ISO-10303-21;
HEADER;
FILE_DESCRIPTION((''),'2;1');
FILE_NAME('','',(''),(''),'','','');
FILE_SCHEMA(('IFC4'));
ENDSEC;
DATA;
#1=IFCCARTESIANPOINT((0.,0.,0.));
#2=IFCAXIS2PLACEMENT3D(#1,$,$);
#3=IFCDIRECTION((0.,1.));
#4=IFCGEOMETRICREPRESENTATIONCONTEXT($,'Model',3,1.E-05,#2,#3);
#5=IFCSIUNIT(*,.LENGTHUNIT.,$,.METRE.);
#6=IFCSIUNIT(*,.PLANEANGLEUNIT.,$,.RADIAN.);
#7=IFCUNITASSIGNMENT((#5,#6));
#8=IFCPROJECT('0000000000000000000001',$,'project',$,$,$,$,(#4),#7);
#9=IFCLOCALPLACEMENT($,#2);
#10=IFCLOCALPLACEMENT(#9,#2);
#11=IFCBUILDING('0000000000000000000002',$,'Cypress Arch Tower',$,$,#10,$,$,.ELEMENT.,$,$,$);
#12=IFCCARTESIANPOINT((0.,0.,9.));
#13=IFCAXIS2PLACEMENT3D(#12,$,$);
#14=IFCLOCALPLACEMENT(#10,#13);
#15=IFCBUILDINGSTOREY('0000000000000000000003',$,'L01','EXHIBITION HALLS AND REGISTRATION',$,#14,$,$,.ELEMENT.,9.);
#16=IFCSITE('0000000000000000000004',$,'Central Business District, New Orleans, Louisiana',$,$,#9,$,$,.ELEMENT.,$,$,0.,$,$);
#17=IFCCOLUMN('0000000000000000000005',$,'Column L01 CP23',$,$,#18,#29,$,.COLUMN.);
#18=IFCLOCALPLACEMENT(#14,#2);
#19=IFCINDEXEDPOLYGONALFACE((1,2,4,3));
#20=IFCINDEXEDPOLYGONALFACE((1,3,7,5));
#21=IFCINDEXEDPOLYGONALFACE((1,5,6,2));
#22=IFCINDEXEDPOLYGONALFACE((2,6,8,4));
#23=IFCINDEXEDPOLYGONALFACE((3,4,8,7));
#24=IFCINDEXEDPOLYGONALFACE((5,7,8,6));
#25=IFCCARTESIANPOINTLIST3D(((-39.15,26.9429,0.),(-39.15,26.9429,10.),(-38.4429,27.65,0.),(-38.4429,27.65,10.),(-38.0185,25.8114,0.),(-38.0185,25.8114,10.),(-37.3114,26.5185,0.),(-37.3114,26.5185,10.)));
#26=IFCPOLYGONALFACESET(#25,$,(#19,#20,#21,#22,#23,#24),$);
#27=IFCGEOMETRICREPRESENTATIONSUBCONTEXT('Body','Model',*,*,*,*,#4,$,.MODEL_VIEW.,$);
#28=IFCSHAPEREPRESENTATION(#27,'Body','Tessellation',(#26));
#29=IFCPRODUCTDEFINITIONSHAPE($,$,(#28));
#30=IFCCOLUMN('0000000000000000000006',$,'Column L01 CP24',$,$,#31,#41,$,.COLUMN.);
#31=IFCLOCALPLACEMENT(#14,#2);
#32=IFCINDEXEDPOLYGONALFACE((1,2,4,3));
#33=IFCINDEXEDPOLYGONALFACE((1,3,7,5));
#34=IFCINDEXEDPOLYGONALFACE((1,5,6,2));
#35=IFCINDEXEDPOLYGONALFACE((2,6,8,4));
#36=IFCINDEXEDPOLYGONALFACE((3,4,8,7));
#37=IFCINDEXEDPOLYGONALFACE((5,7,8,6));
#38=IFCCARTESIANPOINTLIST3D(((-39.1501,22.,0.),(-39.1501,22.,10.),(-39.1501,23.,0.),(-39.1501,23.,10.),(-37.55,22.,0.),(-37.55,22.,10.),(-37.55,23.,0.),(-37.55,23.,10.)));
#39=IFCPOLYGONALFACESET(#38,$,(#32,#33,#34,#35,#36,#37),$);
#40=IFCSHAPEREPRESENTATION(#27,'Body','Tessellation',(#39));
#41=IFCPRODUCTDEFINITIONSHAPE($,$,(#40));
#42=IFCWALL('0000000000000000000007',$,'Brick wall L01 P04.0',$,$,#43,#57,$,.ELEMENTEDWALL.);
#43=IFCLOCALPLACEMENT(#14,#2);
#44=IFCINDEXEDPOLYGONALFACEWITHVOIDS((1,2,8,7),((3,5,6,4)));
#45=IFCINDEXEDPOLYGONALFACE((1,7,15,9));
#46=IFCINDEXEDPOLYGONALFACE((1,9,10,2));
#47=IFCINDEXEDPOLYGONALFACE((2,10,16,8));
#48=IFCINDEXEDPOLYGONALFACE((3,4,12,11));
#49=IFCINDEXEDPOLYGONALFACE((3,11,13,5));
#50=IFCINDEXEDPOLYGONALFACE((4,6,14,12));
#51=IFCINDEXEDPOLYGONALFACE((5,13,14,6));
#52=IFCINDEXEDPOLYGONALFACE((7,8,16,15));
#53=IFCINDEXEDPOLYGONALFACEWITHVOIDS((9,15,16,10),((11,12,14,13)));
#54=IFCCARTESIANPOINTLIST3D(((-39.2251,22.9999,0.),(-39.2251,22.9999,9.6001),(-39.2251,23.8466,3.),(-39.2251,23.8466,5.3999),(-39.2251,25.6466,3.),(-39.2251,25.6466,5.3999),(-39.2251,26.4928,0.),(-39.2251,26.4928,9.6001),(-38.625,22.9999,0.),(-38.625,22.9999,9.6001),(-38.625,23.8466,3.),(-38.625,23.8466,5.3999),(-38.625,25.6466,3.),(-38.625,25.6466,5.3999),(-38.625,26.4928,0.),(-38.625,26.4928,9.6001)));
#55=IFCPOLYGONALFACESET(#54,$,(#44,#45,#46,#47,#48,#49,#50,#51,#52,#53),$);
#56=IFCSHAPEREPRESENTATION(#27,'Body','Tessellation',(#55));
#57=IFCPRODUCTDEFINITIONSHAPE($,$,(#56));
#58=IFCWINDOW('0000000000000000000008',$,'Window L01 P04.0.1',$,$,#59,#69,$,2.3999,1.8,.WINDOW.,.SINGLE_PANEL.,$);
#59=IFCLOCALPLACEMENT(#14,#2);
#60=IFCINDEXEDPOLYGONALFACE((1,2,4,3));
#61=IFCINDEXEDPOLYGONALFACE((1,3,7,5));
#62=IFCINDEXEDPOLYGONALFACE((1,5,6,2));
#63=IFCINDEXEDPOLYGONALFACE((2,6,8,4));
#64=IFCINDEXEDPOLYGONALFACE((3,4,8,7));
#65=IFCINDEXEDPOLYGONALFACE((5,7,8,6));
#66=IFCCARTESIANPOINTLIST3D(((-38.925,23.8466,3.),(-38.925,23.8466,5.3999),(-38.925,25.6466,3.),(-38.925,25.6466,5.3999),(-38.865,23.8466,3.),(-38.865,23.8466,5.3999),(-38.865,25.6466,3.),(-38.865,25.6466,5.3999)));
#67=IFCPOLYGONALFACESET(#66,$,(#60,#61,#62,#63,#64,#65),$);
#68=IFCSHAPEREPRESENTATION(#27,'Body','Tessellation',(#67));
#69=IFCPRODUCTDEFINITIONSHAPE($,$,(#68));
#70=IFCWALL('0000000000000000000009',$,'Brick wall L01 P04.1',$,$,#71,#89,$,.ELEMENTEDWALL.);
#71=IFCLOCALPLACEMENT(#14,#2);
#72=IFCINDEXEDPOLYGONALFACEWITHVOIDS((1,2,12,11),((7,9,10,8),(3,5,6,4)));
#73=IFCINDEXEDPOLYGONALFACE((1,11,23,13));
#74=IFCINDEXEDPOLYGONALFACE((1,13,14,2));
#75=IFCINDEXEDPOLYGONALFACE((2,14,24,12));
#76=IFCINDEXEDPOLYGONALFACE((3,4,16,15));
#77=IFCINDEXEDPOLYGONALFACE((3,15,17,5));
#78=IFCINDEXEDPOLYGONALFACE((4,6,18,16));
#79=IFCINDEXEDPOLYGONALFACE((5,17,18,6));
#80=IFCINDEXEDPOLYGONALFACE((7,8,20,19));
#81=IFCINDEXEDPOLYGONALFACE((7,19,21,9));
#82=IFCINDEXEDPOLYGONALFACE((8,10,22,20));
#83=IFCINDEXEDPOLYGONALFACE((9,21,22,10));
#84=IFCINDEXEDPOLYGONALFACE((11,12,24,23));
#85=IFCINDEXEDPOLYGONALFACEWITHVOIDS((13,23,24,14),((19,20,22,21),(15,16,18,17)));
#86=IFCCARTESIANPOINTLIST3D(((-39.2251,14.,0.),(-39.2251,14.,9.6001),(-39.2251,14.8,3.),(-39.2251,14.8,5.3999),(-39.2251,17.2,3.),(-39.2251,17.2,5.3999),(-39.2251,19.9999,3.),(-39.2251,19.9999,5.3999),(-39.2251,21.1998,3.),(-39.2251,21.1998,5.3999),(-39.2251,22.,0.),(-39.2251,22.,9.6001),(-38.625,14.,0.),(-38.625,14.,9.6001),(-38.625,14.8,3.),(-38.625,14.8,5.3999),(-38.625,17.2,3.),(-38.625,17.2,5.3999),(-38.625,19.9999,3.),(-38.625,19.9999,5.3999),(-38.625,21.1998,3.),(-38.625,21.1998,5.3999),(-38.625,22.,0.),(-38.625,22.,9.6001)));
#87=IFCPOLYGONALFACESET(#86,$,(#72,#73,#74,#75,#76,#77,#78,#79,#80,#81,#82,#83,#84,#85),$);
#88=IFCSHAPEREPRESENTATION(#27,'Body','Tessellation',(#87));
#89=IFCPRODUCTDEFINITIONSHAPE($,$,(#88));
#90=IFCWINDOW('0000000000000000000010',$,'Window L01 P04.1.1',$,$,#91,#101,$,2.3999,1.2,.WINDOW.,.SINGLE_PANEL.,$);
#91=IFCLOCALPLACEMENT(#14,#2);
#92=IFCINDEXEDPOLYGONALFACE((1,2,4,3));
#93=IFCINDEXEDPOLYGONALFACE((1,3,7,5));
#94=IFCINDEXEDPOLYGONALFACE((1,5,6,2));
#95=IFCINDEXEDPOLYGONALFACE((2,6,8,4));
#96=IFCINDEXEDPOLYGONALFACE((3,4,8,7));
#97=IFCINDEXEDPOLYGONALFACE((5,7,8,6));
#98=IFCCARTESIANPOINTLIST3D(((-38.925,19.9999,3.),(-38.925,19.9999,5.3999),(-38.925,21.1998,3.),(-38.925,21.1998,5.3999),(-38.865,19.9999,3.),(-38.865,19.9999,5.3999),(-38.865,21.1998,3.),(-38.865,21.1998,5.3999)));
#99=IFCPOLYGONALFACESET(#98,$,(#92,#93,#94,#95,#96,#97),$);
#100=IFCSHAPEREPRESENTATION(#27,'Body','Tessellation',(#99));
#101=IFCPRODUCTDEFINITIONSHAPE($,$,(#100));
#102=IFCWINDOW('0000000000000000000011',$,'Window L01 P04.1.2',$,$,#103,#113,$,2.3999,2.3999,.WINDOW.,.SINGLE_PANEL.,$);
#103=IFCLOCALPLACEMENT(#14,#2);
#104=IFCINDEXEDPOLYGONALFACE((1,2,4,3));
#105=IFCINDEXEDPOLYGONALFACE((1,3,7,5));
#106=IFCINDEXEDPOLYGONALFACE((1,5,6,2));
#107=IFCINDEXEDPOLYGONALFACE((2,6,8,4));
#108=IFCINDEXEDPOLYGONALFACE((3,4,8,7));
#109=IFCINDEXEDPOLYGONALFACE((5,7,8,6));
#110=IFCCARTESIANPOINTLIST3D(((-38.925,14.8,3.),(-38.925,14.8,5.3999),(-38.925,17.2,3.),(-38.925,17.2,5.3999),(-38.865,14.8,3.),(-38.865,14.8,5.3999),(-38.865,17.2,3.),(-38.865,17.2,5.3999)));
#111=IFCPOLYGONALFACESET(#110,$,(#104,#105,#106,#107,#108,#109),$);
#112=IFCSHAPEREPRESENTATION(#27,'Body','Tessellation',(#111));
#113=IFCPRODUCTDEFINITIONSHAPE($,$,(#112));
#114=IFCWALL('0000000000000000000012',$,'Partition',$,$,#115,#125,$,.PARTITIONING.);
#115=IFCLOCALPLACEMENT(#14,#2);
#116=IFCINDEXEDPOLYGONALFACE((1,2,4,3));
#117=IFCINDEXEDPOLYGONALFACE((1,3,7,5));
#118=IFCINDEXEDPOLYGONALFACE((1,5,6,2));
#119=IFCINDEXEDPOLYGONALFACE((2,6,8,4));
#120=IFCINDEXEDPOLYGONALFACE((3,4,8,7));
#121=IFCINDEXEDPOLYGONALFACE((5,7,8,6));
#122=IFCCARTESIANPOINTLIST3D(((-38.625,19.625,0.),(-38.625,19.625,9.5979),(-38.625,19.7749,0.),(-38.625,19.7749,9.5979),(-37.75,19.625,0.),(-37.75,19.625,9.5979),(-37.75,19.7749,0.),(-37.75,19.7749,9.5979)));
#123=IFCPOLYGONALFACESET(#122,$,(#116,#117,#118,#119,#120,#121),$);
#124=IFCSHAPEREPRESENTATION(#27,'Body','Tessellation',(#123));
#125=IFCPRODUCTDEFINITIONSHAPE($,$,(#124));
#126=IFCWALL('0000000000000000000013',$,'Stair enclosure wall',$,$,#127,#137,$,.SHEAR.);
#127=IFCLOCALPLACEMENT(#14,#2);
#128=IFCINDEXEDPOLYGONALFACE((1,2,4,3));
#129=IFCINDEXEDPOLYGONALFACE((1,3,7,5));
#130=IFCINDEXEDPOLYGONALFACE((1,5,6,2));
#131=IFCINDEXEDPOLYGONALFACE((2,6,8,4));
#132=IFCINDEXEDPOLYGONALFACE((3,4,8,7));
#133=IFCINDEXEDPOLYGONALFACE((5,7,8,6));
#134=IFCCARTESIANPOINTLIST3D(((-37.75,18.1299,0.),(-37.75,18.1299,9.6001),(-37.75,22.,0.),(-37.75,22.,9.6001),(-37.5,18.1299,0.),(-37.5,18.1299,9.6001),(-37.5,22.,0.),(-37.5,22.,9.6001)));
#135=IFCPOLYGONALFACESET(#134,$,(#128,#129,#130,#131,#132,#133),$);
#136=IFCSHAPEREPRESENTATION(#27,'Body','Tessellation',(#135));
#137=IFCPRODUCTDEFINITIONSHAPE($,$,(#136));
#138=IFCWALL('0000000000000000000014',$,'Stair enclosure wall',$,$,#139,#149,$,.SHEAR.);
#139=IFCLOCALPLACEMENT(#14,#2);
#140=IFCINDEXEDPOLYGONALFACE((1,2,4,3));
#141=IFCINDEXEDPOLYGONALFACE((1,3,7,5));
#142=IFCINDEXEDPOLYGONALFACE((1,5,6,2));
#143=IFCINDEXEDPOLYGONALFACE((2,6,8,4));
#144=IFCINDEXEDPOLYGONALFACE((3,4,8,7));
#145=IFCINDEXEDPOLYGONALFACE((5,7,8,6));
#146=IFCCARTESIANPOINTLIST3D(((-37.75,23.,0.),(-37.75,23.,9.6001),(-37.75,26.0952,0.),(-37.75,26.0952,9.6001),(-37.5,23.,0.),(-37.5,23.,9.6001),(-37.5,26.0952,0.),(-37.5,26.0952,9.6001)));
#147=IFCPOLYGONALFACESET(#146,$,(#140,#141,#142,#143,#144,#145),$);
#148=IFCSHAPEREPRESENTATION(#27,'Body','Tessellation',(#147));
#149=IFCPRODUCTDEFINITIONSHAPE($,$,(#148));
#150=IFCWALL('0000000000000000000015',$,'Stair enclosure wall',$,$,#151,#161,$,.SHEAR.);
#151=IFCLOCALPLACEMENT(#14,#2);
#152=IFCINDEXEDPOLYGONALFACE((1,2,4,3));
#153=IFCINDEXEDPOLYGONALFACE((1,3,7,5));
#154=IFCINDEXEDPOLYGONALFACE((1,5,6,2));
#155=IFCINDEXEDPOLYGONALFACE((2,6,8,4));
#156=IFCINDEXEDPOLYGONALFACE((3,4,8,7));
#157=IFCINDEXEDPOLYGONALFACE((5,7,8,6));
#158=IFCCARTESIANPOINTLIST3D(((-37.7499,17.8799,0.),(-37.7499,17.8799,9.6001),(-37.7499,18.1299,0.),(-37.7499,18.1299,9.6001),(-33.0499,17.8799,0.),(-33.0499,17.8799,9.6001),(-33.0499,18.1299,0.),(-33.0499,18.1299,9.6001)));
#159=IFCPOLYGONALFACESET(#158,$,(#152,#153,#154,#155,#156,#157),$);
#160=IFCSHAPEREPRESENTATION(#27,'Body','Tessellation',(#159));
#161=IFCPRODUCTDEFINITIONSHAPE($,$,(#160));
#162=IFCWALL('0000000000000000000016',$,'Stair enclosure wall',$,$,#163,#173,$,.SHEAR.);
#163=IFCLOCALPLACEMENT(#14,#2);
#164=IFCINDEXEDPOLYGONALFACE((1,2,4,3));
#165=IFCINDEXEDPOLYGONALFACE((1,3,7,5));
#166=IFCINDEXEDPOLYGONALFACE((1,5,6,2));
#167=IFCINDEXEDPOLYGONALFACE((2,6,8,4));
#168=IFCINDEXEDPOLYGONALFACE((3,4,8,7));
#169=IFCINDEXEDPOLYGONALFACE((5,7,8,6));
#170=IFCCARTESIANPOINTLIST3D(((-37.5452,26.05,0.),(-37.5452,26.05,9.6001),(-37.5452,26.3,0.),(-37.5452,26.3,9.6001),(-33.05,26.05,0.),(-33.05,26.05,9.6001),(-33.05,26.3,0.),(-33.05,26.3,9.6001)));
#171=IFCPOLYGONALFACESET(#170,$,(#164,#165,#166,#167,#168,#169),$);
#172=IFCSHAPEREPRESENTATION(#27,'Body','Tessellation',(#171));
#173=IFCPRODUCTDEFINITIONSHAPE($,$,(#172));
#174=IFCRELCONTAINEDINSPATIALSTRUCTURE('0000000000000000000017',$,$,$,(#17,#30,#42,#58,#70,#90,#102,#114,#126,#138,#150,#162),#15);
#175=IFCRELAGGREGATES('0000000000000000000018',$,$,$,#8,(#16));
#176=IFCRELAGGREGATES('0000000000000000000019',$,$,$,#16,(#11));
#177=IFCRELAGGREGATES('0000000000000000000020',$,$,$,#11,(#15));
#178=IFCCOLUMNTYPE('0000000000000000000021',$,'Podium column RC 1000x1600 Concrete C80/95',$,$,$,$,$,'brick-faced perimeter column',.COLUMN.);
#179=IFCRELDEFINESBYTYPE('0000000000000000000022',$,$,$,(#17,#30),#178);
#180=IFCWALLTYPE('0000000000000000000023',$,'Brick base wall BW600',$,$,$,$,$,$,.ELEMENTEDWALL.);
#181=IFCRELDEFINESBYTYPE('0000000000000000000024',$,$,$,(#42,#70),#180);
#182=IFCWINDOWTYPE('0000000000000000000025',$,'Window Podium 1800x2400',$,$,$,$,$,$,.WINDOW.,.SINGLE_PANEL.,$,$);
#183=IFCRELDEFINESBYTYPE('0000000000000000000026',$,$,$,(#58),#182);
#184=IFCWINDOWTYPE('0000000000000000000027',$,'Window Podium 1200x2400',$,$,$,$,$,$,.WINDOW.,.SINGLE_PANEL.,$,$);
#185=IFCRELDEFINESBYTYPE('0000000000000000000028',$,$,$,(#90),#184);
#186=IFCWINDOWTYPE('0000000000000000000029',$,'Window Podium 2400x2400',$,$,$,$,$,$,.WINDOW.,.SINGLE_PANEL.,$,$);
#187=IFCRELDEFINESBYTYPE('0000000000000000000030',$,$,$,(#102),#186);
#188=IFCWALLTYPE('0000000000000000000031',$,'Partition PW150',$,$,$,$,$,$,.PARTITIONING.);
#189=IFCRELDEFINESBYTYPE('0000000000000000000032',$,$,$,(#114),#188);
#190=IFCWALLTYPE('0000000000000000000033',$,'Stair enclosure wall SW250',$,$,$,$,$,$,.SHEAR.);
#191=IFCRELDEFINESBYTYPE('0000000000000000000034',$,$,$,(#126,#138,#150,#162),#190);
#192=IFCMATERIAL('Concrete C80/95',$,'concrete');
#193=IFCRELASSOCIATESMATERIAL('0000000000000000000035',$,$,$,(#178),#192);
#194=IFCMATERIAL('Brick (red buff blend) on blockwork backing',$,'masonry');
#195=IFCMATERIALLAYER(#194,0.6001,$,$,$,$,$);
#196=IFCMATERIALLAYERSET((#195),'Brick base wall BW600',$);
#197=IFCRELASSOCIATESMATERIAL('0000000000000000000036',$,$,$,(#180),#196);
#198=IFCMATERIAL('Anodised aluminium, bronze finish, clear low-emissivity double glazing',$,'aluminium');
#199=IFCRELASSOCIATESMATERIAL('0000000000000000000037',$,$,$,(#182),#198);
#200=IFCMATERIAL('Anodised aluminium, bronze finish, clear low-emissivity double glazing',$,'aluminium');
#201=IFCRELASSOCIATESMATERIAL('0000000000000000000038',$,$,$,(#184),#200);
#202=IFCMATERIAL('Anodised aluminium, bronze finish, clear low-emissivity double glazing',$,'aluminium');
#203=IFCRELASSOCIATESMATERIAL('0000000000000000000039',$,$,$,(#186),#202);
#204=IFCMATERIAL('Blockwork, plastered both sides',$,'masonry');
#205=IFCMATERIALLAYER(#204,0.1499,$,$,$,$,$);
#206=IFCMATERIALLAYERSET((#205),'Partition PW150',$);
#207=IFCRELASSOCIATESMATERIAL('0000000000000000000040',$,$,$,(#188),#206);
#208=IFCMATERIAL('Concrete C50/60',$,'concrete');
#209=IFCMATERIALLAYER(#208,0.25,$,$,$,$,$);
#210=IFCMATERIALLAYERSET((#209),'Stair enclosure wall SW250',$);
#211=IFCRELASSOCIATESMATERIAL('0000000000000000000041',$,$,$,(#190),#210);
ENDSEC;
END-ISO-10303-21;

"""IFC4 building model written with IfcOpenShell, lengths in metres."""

from ifc_helpers import new_model, si_unit, direction, frame, frame_2d, origin, origin_2d, place, context, subcontext, project, spatial, rectangle, extrude, material, layer, layer_set, material_profile, profile_set, type_object, element, fill, save


model = new_model("IFC4")

# Units and contexts
model_context = context("Model", 3, precision=1e-05, world=origin(), true_north=direction((0.0, 1.0)))
body_context = subcontext(model_context, "Body", "Model", "MODEL_VIEW")
ifc_project = project(units=[si_unit("LENGTHUNIT", "METRE"), si_unit("PLANEANGLEUNIT", "RADIAN")], contexts=[model_context])

# Site, building, storey
site_placement = place(None, origin())
site = spatial("IfcSite", under=ifc_project, at=site_placement, Name="Central Business District, New Orleans, Louisiana", CompositionType="ELEMENT", RefElevation=0.0)
building_placement = place(site_placement, origin())
building = spatial("IfcBuilding", under=site, at=building_placement, Name="Cypress Arch Tower", CompositionType="ELEMENT")
storey_placement = place(building_placement, frame((0.0, 0.0, 9.0)))
storey = spatial("IfcBuildingStorey", under=building, at=storey_placement, Name="L01", Description="EXHIBITION HALLS AND REGISTRATION", CompositionType="ELEMENT", Elevation=9.0)

# Columns
ifc_material_1 = material(Name="Concrete C80/95", Category="concrete")
ifc_material_profile = material_profile(ifc_material_1, rectangle(XDim=1.0, YDim=1.6001, at=origin_2d()), Name="RC 1000x1600")
ifc_profile_set = profile_set([ifc_material_profile], Name="Concrete C80/95")
column_type = type_object("IfcColumnType", Name="Podium column RC 1000x1600 Concrete C80/95", ElementType="brick-faced perimeter column", PredefinedType="COLUMN", material=ifc_profile_set)
for number, where, z_axis, x_axis, name in (
    (1, (-38.2307, 26.7307, 0.0), (0.0, 0.0, 1.0), (-0.707107, -0.707107, 0.0), "Column L01 CP23"),
    (2, (-38.3501, 22.5, 0.0), (0.0, 0.0, 1.0), (0.0, -1.0, 0.0), "Column L01 CP24"),
):
    element("IfcColumn", number, at=place(storey_placement, frame(where, z_axis=z_axis, x_axis=x_axis)), inside=storey, type_object=column_type, Name=name, PredefinedType="COLUMN", context=body_context, shape_type="SweptSolid", body=[
        extrude(rectangle(XDim=1.0, YDim=1.6001, at=origin_2d()), origin(), (0.0, 0.0, 1.0), 10.0),
    ])

# Wall, opening, window
ifc_material_2 = material(Name="Brick (red buff blend) on blockwork backing", Category="masonry")
ifc_layer_1 = layer(ifc_material_2, 0.6001)
ifc_layer_set_1 = layer_set([ifc_layer_1], Name="Brick base wall BW600")
wall_type_1 = type_object("IfcWallType", Name="Brick base wall BW600", PredefinedType="ELEMENTEDWALL", material=ifc_layer_set_1)
wall_1_placement = place(storey_placement, frame((-38.925, 26.4929, 0.0), z_axis=(0.0, 0.0, 1.0), x_axis=(0.0, -1.0, 0.0)))
wall_1 = element("IfcWall", 3, at=wall_1_placement, inside=storey, type_object=wall_type_1, Name="Brick wall L01 P04.0", PredefinedType="ELEMENTEDWALL", context=body_context, shape_type="SweptSolid", body=[
    extrude(rectangle(XDim=3.4929, YDim=0.6001, at=frame_2d((1.7466, 0.0))), origin(), (0.0, 0.0, 1.0), 9.6001),
])
opening_1_placement = place(wall_1_placement, frame((0.8464, 0.0, 3.0)))
opening_1 = element("IfcOpeningElement", 4, at=opening_1_placement, cuts=wall_1, PredefinedType="OPENING", context=body_context, shape_type="SweptSolid", body=[
    extrude(rectangle(XDim=1.8, YDim=2.3999, at=frame_2d((0.8999, 1.2))), frame((0.0, 0.3101, 0.0), z_axis=(0.0, -1.0, 0.0), x_axis=(1.0, 0.0, 0.0)), (0.0, 0.0, 1.0), 0.6201),
])
ifc_material_3 = material(Name="Anodised aluminium, bronze finish, clear low-emissivity double glazing", Category="aluminium")
window_type_1 = type_object("IfcWindowType", Name="Window Podium 1800x2400", PartitioningType="SINGLE_PANEL", PredefinedType="WINDOW", material=ifc_material_3)
window_1_placement = place(opening_1_placement, origin())
window_1 = element("IfcWindow", 5, at=window_1_placement, inside=storey, type_object=window_type_1, Name="Window L01 P04.0.1", OverallHeight=2.3999, OverallWidth=1.8, PartitioningType="SINGLE_PANEL", PredefinedType="WINDOW", context=body_context, shape_type="SweptSolid", body=[
    extrude(rectangle(XDim=1.8, YDim=2.3999, at=frame_2d((0.8999, 1.2))), frame((0.0, 0.0601, 0.0), z_axis=(0.0, -1.0, 0.0), x_axis=(1.0, 0.0, 0.0)), (0.0, 0.0, 1.0), 0.0601),
])
fill(opening_1, window_1)

# Wall, openings, windows
wall_2_placement = place(storey_placement, frame((-38.925, 22.0, 0.0), z_axis=(0.0, 0.0, 1.0), x_axis=(0.0, -1.0, 0.0)))
wall_2 = element("IfcWall", 6, at=wall_2_placement, inside=storey, type_object=wall_type_1, Name="Brick wall L01 P04.1", PredefinedType="ELEMENTEDWALL", context=body_context, shape_type="SweptSolid", body=[
    extrude(rectangle(XDim=8.0, YDim=0.6001, at=frame_2d((4.0, 0.0))), origin(), (0.0, 0.0, 1.0), 9.6001),
])
opening_2_placement = place(wall_2_placement, frame((4.8, 0.0, 3.0)))
opening_2 = element("IfcOpeningElement", 7, at=opening_2_placement, cuts=wall_2, PredefinedType="OPENING", context=body_context, shape_type="SweptSolid", body=[
    extrude(rectangle(XDim=2.3999, YDim=2.3999, at=frame_2d((1.2, 1.2))), frame((0.0, 0.3101, 0.0), z_axis=(0.0, -1.0, 0.0), x_axis=(1.0, 0.0, 0.0)), (0.0, 0.0, 1.0), 0.6201),
])
opening_3_placement = place(wall_2_placement, frame((0.8, 0.0, 3.0)))
opening_3 = element("IfcOpeningElement", 8, at=opening_3_placement, cuts=wall_2, PredefinedType="OPENING", context=body_context, shape_type="SweptSolid", body=[
    extrude(rectangle(XDim=1.2, YDim=2.3999, at=frame_2d((0.6001, 1.2))), frame((0.0, 0.3101, 0.0), z_axis=(0.0, -1.0, 0.0), x_axis=(1.0, 0.0, 0.0)), (0.0, 0.0, 1.0), 0.6201),
])
ifc_material_4 = material(Name="Anodised aluminium, bronze finish, clear low-emissivity double glazing", Category="aluminium")
window_type_2 = type_object("IfcWindowType", Name="Window Podium 1200x2400", PartitioningType="SINGLE_PANEL", PredefinedType="WINDOW", material=ifc_material_4)
window_2_placement = place(opening_3_placement, origin())
window_2 = element("IfcWindow", 9, at=window_2_placement, inside=storey, type_object=window_type_2, Name="Window L01 P04.1.1", OverallHeight=2.3999, OverallWidth=1.2, PartitioningType="SINGLE_PANEL", PredefinedType="WINDOW", context=body_context, shape_type="SweptSolid", body=[
    extrude(rectangle(XDim=1.2, YDim=2.3999, at=frame_2d((0.6001, 1.2))), frame((0.0, 0.0601, 0.0), z_axis=(0.0, -1.0, 0.0), x_axis=(1.0, 0.0, 0.0)), (0.0, 0.0, 1.0), 0.0601),
])
fill(opening_3, window_2)
ifc_material_5 = material(Name="Anodised aluminium, bronze finish, clear low-emissivity double glazing", Category="aluminium")
window_type_3 = type_object("IfcWindowType", Name="Window Podium 2400x2400", PartitioningType="SINGLE_PANEL", PredefinedType="WINDOW", material=ifc_material_5)
window_3_placement = place(opening_2_placement, origin())
window_3 = element("IfcWindow", 10, at=window_3_placement, inside=storey, type_object=window_type_3, Name="Window L01 P04.1.2", OverallHeight=2.3999, OverallWidth=2.3999, PartitioningType="SINGLE_PANEL", PredefinedType="WINDOW", context=body_context, shape_type="SweptSolid", body=[
    extrude(rectangle(XDim=2.3999, YDim=2.3999, at=frame_2d((1.2, 1.2))), frame((0.0, 0.0601, 0.0), z_axis=(0.0, -1.0, 0.0), x_axis=(1.0, 0.0, 0.0)), (0.0, 0.0, 1.0), 0.0601),
])
fill(opening_2, window_3)

# Walls
ifc_material_6 = material(Name="Blockwork, plastered both sides", Category="masonry")
ifc_layer_2 = layer(ifc_material_6, 0.1499)
ifc_layer_set_2 = layer_set([ifc_layer_2], Name="Partition PW150")
wall_type_2 = type_object("IfcWallType", Name="Partition PW150", PredefinedType="PARTITIONING", material=ifc_layer_set_2)
wall_3_placement = place(storey_placement, frame((-38.625, 19.7, 0.0), z_axis=(0.0, 0.0, 1.0), x_axis=(1.0, 0.0, 0.0)))
element("IfcWall", 11, at=wall_3_placement, inside=storey, type_object=wall_type_2, Name="Partition", PredefinedType="PARTITIONING", context=body_context, shape_type="SweptSolid", body=[
    extrude(rectangle(XDim=0.875, YDim=0.1499, at=frame_2d((0.4375, 0.0))), origin(), (0.0, 0.0, 1.0), 9.5979),
])
ifc_material_7 = material(Name="Concrete C50/60", Category="concrete")
ifc_layer_3 = layer(ifc_material_7, 0.25)
ifc_layer_set_3 = layer_set([ifc_layer_3], Name="Stair enclosure wall SW250")
wall_type_3 = type_object("IfcWallType", Name="Stair enclosure wall SW250", PredefinedType="SHEAR", material=ifc_layer_set_3)
wall_4_placement = place(storey_placement, frame((-37.625, 18.1299, 0.0), z_axis=(0.0, 0.0, 1.0), x_axis=(0.0, 1.0, 0.0)))
element("IfcWall", 12, at=wall_4_placement, inside=storey, type_object=wall_type_3, Name="Stair enclosure wall", PredefinedType="SHEAR", context=body_context, shape_type="SweptSolid", body=[
    extrude(rectangle(XDim=3.8701, YDim=0.25, at=frame_2d((1.9351, 0.0))), origin(), (0.0, 0.0, 1.0), 9.6001),
])
wall_5_placement = place(storey_placement, frame((-37.625, 23.0, 0.0), z_axis=(0.0, 0.0, 1.0), x_axis=(0.0, 1.0, 0.0)))
element("IfcWall", 13, at=wall_5_placement, inside=storey, type_object=wall_type_3, Name="Stair enclosure wall", PredefinedType="SHEAR", context=body_context, shape_type="SweptSolid", body=[
    extrude(rectangle(XDim=3.0952, YDim=0.25, at=frame_2d((1.5476, 0.0))), origin(), (0.0, 0.0, 1.0), 9.6001),
])
wall_6_placement = place(storey_placement, frame((-37.75, 18.0049, 0.0), z_axis=(0.0, 0.0, 1.0), x_axis=(1.0, 0.0, 0.0)))
element("IfcWall", 14, at=wall_6_placement, inside=storey, type_object=wall_type_3, Name="Stair enclosure wall", PredefinedType="SHEAR", context=body_context, shape_type="SweptSolid", body=[
    extrude(rectangle(XDim=4.7, YDim=0.25, at=frame_2d((2.3501, 0.0))), origin(), (0.0, 0.0, 1.0), 9.6001),
])
wall_7_placement = place(storey_placement, frame((-37.5452, 26.175, 0.0), z_axis=(0.0, 0.0, 1.0), x_axis=(1.0, 0.0, 0.0)))
element("IfcWall", 15, at=wall_7_placement, inside=storey, type_object=wall_type_3, Name="Stair enclosure wall", PredefinedType="SHEAR", context=body_context, shape_type="SweptSolid", body=[
    extrude(rectangle(XDim=4.4951, YDim=0.25, at=frame_2d((2.2476, 0.0))), origin(), (0.0, 0.0, 1.0), 9.6001),
])

save(model, "model.ifc")
